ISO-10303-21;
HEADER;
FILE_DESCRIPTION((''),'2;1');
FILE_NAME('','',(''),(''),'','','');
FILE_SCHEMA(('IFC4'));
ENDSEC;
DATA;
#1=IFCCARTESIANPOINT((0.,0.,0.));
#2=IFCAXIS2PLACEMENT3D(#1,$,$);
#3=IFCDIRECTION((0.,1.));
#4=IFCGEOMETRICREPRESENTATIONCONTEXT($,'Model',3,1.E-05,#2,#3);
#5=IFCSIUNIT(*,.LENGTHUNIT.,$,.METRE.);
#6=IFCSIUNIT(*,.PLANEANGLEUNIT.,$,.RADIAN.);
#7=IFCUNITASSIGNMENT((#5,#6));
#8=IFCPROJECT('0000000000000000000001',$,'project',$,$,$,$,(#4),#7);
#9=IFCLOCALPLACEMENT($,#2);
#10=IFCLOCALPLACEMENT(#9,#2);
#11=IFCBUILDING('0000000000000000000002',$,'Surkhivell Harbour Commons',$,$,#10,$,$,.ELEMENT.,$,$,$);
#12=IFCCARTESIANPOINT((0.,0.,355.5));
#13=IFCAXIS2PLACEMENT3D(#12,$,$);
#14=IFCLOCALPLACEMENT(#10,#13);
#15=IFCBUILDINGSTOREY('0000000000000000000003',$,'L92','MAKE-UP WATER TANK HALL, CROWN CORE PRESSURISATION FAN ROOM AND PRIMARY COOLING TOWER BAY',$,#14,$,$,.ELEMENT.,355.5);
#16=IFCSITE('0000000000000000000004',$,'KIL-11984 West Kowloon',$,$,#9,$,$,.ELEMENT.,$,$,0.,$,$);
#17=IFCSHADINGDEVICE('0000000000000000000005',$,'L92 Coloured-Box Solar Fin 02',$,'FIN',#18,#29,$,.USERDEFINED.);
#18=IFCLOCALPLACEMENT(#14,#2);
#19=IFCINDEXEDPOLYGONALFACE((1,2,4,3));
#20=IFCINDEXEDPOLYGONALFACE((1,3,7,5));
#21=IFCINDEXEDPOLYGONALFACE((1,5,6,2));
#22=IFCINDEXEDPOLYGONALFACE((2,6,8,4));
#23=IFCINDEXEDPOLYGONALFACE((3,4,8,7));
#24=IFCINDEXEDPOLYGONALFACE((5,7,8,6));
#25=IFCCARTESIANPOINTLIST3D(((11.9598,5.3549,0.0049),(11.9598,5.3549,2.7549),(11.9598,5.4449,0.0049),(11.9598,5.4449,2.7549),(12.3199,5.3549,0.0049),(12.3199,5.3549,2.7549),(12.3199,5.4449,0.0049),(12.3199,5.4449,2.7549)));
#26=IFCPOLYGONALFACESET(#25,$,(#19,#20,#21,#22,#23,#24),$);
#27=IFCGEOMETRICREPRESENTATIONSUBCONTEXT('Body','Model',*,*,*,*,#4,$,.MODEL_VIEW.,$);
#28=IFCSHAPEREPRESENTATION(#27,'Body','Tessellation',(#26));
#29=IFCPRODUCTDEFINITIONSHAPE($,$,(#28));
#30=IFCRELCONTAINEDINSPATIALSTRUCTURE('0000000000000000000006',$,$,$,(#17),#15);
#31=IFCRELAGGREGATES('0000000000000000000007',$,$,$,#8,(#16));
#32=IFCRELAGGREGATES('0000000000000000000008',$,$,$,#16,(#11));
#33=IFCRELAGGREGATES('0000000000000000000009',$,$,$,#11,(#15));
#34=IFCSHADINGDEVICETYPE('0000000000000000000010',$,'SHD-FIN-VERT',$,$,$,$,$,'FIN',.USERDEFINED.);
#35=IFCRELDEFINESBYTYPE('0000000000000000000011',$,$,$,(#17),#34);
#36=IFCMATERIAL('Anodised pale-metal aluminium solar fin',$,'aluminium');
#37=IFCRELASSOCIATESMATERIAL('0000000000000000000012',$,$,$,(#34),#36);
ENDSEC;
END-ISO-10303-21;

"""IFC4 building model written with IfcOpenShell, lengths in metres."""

from ifc_helpers import new_model, si_unit, direction, frame, origin, origin_2d, place, context, subcontext, project, spatial, rectangle, extrude, material, type_object, element, save


model = new_model("IFC4")

# Units and contexts
model_context = context("Model", 3, precision=1e-05, world=origin(), true_north=direction((0.0, 1.0)))
body_context = subcontext(model_context, "Body", "Model", "MODEL_VIEW")
ifc_project = project(units=[si_unit("LENGTHUNIT", "METRE"), si_unit("PLANEANGLEUNIT", "RADIAN")], contexts=[model_context])

# Site, building, storey
site_placement = place(None, origin())
site = spatial("IfcSite", under=ifc_project, at=site_placement, Name="KIL-11984 West Kowloon", CompositionType="ELEMENT", RefElevation=0.0)
building_placement = place(site_placement, origin())
building = spatial("IfcBuilding", under=site, at=building_placement, Name="Surkhivell Harbour Commons", CompositionType="ELEMENT")
storey_placement = place(building_placement, frame((0.0, 0.0, 355.5)))
storey = spatial("IfcBuildingStorey", under=building, at=storey_placement, Name="L92", Description="MAKE-UP WATER TANK HALL, CROWN CORE PRESSURISATION FAN ROOM AND PRIMARY COOLING TOWER BAY", CompositionType="ELEMENT", Elevation=355.5)

# Shading device
ifc_material_1 = material(Name="Anodised pale-metal aluminium solar fin", Category="aluminium")
shading_device_type = type_object("IfcShadingDeviceType", Name="SHD-FIN-VERT", ElementType="FIN", PredefinedType="USERDEFINED", material=ifc_material_1)
shading_device_placement = place(storey_placement, frame((12.1399, 5.3999, 0.0049), z_axis=(0.0, 0.0, 1.0), x_axis=(1.0, 0.0, 0.0)))
element("IfcShadingDevice", 1, at=shading_device_placement, inside=storey, type_object=shading_device_type, Name="L92 Coloured-Box Solar Fin 02", ObjectType="FIN", PredefinedType="USERDEFINED", context=body_context, shape_type="SweptSolid", body=[
    extrude(rectangle(XDim=0.3601, YDim=0.0901, at=origin_2d()), origin(), (0.0, 0.0, 1.0), 2.75),
])

save(model, "model.ifc")
